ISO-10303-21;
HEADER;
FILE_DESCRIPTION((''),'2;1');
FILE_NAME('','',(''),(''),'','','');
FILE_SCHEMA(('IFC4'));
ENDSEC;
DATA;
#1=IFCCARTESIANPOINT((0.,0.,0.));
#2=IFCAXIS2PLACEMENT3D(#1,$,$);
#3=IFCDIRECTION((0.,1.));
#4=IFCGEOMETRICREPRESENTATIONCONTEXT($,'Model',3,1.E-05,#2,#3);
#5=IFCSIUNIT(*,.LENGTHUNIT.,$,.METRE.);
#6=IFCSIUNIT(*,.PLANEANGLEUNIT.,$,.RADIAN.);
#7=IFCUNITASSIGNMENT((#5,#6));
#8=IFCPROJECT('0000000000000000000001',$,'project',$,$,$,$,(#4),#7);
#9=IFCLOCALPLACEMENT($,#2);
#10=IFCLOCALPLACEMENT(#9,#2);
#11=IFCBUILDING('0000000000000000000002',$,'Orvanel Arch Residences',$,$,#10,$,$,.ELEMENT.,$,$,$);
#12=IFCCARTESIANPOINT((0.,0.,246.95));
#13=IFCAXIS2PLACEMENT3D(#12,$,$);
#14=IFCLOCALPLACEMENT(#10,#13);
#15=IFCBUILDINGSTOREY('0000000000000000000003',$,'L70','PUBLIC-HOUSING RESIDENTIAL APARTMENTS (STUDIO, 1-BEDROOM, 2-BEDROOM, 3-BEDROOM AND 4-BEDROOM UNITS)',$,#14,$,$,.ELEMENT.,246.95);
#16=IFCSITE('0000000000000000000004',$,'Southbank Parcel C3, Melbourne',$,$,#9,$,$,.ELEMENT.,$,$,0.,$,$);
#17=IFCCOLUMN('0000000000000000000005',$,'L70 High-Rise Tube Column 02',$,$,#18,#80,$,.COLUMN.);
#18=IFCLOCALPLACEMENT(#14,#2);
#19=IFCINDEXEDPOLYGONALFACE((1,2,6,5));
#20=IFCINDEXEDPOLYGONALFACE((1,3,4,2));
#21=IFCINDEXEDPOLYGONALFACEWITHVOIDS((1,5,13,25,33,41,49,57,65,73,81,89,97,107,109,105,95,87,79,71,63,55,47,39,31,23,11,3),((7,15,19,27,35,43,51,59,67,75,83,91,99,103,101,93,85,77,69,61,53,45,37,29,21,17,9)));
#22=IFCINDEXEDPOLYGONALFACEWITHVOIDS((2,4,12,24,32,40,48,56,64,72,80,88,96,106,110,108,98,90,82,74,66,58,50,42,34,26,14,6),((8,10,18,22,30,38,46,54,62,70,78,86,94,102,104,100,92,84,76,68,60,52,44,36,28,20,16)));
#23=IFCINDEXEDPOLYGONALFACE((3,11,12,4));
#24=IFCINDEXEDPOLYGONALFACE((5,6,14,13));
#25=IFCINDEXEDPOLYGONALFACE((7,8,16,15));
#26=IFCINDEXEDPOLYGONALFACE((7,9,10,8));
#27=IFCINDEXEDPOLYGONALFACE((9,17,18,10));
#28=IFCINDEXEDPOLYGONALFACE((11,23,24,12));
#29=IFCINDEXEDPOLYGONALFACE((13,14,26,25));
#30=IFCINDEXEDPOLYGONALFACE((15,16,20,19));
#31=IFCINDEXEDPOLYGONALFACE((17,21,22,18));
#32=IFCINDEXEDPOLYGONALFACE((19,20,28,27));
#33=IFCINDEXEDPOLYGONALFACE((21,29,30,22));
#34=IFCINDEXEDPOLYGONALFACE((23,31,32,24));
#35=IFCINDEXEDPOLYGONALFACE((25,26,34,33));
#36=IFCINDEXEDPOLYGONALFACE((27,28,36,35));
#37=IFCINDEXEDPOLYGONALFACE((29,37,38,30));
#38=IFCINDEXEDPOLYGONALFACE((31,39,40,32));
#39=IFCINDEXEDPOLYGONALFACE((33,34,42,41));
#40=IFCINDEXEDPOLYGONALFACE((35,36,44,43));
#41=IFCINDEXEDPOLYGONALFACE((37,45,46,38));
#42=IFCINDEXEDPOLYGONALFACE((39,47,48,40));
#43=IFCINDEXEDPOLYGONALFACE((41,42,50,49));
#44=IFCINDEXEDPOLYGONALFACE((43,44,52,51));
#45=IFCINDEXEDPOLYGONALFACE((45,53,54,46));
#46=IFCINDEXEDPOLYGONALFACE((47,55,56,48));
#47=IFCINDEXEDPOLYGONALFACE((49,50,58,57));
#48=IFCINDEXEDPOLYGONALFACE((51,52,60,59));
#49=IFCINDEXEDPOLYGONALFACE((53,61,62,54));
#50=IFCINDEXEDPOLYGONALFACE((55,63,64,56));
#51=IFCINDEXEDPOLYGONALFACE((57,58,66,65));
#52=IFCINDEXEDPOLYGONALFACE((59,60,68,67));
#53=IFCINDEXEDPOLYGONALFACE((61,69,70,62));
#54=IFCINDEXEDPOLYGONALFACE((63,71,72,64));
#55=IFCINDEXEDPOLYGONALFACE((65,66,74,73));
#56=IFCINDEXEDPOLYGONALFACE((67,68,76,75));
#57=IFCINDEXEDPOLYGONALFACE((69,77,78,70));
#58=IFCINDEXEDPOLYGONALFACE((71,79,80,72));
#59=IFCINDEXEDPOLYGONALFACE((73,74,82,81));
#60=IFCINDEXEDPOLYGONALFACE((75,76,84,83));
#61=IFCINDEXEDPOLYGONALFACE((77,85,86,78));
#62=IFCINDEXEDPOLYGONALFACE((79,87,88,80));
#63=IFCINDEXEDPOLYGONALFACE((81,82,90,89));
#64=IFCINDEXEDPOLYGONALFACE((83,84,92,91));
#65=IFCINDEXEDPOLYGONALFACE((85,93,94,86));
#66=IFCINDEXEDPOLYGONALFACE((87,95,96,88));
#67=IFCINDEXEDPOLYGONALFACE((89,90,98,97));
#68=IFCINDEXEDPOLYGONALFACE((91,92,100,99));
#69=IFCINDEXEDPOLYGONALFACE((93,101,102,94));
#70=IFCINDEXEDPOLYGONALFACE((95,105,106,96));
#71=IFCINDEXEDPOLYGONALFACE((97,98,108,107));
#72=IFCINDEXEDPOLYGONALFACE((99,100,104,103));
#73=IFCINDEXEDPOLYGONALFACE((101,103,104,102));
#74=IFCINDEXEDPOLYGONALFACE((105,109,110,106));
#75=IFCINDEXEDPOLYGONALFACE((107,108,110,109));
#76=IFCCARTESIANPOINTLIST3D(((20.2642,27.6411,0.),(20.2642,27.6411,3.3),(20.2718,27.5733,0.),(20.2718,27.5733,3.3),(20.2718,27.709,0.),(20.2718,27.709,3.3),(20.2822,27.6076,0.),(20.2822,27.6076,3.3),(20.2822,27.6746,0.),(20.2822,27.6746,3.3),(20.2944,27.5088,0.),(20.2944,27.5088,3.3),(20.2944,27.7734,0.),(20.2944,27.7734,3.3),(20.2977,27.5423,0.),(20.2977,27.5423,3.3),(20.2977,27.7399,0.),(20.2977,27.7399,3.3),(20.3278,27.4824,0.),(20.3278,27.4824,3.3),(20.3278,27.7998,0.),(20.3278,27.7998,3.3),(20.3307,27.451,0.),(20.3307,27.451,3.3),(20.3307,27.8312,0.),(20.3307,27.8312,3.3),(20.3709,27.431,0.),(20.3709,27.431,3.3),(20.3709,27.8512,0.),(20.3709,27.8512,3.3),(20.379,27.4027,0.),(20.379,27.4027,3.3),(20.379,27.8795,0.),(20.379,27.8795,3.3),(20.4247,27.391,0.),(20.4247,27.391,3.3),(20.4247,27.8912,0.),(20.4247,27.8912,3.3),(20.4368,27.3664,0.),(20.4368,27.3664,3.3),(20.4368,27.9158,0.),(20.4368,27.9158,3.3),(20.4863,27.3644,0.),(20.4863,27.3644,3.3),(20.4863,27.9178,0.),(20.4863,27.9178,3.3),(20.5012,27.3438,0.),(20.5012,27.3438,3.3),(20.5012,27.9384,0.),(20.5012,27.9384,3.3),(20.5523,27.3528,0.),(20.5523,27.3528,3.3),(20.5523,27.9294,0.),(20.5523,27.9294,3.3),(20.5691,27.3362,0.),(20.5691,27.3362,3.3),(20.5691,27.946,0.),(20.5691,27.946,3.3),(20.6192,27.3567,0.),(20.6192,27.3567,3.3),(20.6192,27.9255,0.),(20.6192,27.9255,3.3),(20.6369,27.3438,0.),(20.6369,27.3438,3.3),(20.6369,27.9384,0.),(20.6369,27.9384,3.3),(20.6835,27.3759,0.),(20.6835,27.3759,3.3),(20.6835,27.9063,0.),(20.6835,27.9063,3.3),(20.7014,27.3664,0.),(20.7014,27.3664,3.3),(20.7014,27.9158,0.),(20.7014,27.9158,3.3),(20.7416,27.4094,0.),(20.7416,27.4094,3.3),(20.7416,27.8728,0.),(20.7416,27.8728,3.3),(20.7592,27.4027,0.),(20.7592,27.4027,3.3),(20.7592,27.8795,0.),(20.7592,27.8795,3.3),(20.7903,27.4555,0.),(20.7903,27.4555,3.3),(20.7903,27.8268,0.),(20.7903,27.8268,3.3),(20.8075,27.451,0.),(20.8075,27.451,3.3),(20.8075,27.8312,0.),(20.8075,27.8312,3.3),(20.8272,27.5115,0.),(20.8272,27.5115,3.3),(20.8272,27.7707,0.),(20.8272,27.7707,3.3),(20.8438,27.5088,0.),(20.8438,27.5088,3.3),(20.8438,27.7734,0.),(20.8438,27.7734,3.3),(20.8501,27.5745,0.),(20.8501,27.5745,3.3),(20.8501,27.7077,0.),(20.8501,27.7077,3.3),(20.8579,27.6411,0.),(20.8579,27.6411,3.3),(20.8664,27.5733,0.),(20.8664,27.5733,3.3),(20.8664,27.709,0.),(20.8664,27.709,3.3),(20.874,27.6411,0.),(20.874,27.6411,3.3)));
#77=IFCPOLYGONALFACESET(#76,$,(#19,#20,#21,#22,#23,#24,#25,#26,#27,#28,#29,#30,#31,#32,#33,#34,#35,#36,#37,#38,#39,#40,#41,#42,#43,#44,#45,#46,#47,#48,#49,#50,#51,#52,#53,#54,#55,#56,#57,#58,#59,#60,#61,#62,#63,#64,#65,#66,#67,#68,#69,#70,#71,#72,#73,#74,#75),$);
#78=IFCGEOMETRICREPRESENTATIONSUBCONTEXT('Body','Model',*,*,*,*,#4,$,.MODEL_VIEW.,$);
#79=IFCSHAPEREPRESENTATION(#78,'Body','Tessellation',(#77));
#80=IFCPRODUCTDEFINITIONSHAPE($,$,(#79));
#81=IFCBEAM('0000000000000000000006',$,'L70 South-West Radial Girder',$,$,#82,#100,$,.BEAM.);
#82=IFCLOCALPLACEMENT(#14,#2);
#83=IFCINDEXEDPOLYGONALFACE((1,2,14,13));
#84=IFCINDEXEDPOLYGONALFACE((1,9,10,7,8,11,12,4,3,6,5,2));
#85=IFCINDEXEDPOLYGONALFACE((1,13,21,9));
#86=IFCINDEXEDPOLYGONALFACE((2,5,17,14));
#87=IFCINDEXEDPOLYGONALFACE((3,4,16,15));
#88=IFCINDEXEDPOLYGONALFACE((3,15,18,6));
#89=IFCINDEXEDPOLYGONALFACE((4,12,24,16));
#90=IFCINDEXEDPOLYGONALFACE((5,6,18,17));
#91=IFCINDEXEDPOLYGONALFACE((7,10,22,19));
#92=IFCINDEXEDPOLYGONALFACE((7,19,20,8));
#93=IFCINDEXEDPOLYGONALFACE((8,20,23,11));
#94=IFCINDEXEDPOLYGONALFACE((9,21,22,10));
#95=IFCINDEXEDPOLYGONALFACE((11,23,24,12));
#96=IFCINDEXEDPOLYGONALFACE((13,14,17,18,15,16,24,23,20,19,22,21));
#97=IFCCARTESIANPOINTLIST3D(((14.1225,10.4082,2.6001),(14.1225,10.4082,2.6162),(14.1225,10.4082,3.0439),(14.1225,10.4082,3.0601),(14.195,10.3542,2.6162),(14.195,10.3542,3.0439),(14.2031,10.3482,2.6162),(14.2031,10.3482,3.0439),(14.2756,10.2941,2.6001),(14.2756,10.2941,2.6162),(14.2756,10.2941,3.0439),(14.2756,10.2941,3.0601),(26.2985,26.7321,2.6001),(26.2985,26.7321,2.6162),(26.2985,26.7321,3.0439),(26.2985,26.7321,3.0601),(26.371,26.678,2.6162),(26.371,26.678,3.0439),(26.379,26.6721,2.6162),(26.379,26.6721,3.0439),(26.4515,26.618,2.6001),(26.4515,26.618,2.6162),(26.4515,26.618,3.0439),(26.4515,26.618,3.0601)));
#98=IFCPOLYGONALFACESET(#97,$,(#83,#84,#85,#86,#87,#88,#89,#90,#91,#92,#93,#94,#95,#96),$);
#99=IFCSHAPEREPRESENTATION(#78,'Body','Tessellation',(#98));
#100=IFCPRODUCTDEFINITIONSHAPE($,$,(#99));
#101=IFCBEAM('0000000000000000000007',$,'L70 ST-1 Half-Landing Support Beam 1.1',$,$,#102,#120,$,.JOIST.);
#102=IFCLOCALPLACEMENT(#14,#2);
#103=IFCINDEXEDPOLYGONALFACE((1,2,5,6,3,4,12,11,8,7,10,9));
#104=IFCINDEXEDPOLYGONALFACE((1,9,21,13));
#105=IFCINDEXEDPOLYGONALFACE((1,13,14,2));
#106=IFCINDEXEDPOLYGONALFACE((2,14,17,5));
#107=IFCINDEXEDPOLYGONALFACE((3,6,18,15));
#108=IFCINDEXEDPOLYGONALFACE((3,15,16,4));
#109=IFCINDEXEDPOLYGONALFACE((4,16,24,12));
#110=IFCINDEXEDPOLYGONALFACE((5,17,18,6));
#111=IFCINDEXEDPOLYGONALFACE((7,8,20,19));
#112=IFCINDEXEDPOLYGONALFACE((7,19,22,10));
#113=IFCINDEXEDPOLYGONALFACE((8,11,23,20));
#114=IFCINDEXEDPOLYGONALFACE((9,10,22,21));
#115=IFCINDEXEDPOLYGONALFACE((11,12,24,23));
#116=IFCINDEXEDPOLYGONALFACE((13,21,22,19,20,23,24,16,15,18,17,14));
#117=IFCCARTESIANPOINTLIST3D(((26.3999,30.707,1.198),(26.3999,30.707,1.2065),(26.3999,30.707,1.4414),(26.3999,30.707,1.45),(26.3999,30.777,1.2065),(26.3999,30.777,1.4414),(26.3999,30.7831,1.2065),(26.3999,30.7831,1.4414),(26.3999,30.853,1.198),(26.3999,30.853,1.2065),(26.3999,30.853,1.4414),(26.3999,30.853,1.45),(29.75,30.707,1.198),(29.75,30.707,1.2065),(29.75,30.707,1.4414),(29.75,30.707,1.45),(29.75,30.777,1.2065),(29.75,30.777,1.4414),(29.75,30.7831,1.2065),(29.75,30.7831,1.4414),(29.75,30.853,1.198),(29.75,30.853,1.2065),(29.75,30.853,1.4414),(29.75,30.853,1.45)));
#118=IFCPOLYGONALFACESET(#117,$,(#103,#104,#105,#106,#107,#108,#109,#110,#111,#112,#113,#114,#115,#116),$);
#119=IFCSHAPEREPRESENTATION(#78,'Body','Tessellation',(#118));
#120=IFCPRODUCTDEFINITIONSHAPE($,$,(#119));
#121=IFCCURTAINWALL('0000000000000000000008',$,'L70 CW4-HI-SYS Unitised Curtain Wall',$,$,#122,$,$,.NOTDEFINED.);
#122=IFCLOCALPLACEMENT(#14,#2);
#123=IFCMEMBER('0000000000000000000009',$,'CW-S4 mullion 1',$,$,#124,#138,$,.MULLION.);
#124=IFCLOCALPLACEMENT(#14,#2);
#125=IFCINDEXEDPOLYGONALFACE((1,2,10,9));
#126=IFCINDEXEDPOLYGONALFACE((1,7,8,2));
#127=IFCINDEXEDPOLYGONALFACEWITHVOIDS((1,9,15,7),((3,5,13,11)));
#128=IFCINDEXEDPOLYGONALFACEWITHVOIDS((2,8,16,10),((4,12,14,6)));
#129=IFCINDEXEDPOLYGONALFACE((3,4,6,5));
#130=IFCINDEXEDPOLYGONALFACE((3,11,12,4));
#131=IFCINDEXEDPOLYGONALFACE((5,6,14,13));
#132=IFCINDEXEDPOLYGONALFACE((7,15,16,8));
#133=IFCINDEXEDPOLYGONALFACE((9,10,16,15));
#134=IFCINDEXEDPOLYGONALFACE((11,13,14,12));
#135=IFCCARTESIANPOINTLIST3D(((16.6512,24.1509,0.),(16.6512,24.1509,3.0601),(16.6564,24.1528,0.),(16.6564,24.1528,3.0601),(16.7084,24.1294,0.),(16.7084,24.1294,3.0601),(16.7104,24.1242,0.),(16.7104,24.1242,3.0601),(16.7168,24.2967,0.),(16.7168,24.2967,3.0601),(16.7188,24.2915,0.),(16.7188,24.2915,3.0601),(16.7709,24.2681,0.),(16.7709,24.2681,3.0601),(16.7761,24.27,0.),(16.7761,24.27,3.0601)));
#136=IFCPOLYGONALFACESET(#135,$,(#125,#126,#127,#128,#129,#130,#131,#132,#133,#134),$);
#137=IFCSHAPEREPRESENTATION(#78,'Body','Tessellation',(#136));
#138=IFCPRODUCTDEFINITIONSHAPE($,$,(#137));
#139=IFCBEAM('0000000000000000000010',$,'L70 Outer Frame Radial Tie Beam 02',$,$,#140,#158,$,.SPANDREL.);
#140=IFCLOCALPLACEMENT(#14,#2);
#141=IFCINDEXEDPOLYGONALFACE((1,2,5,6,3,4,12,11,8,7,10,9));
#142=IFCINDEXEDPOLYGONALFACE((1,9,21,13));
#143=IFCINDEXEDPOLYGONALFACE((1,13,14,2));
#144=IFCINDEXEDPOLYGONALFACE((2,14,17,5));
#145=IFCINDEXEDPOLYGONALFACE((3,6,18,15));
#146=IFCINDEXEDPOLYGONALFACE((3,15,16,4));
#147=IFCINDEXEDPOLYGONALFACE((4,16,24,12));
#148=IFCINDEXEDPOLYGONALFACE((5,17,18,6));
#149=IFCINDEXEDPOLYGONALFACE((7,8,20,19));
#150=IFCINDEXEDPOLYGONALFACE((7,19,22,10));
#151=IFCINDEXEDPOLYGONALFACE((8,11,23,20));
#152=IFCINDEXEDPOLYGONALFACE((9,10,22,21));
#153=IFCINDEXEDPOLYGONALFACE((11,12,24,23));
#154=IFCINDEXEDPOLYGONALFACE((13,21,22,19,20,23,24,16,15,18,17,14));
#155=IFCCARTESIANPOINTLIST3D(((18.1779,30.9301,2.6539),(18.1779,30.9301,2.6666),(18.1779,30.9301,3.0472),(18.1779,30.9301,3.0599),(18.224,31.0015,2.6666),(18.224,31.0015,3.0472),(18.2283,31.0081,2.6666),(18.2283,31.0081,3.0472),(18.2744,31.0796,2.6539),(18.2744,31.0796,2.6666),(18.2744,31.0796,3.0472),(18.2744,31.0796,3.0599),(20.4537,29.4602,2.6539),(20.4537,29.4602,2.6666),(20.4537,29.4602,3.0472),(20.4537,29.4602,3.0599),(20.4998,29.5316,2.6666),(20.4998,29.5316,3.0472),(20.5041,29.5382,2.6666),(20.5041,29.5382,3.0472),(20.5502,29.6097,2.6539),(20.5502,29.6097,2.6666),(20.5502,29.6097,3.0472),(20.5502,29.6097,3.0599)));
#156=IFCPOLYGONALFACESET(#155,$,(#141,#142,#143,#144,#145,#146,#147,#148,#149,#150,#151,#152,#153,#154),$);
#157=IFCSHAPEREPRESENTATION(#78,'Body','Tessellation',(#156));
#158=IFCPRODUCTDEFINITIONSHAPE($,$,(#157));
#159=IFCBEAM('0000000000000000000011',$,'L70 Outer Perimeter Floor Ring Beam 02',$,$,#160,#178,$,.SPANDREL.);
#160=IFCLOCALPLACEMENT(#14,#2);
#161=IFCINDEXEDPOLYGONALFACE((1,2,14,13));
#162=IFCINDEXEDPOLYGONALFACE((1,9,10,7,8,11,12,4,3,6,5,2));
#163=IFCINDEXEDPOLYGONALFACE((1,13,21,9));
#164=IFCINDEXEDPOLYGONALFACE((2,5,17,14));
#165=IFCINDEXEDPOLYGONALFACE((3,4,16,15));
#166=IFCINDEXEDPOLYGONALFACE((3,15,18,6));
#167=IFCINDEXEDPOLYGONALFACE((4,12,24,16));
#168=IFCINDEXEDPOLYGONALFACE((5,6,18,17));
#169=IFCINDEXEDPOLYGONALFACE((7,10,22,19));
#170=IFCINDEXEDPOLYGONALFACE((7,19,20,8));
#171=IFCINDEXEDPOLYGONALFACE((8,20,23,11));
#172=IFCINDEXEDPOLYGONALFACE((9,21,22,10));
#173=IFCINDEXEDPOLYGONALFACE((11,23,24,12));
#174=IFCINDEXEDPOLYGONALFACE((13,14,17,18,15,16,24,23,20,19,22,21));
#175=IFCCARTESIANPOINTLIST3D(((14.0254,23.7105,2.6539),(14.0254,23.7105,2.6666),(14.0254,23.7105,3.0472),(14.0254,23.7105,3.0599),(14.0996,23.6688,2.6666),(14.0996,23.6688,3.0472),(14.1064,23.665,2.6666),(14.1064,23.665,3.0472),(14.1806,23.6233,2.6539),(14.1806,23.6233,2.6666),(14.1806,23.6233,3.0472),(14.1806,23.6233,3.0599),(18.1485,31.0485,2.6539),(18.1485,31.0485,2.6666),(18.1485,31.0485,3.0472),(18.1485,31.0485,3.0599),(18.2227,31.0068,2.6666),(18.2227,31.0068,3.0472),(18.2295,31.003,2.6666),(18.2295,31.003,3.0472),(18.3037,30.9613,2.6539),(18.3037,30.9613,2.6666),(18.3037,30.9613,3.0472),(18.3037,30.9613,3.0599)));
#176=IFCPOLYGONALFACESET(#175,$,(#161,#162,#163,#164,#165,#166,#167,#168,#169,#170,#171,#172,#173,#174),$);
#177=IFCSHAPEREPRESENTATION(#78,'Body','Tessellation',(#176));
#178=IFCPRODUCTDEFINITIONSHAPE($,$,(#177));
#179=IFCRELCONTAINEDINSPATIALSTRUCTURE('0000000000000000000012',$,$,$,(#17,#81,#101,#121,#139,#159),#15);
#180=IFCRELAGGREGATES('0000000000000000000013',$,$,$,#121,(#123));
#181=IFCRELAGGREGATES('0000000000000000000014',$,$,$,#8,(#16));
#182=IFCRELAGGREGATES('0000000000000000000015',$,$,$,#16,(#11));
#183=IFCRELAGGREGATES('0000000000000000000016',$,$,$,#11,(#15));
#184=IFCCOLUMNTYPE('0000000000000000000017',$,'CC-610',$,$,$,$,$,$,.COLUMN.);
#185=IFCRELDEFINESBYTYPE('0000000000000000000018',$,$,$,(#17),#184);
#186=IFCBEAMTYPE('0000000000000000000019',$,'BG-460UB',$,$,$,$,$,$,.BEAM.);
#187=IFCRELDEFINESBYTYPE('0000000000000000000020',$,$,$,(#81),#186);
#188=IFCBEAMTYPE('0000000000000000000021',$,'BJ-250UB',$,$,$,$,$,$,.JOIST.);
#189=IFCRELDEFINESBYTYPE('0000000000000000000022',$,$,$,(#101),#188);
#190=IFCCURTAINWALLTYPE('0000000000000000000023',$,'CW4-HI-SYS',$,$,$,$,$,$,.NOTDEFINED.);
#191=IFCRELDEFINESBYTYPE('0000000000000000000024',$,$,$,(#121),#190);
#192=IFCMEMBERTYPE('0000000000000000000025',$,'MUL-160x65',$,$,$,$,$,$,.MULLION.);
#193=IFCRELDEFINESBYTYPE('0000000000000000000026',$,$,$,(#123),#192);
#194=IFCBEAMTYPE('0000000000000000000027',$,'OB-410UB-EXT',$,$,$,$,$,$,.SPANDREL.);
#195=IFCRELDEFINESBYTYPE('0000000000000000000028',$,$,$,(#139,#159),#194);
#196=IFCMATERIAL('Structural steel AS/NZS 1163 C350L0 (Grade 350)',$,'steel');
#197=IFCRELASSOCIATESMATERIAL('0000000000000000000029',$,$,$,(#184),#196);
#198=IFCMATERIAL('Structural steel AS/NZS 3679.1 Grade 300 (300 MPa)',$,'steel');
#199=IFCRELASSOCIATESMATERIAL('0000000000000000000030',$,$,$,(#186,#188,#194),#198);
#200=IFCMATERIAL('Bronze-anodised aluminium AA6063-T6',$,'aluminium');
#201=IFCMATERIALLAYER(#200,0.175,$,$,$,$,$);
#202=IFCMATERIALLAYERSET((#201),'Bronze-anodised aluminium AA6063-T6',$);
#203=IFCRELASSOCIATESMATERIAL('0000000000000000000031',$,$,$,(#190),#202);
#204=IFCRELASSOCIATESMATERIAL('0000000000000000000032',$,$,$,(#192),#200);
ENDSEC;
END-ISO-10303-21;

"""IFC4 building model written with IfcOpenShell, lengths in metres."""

from ifc_helpers import new_model, si_unit, direction, frame, origin, origin_2d, place, context, subcontext, project, spatial, hollow_rectangle, hollow_circle, i_section, extrude, material, layer, layer_set, material_profile, profile_set, type_object, element, aggregate, save


model = new_model("IFC4")

# Units and contexts
model_context = context("Model", 3, precision=1e-05, world=origin(), true_north=direction((0.0, 1.0)))
body_context = subcontext(model_context, "Body", "Model", "MODEL_VIEW")
ifc_project = project(units=[si_unit("LENGTHUNIT", "METRE"), si_unit("PLANEANGLEUNIT", "RADIAN")], contexts=[model_context])

# Site, building, storey
site_placement = place(None, origin())
site = spatial("IfcSite", under=ifc_project, at=site_placement, Name="Southbank Parcel C3, Melbourne", CompositionType="ELEMENT", RefElevation=0.0)
building_placement = place(site_placement, origin())
building = spatial("IfcBuilding", under=site, at=building_placement, Name="Orvanel Arch Residences", CompositionType="ELEMENT")
storey_placement = place(building_placement, frame((0.0, 0.0, 246.95)))
storey = spatial("IfcBuildingStorey", under=building, at=storey_placement, Name="L70", Description="PUBLIC-HOUSING RESIDENTIAL APARTMENTS (STUDIO, 1-BEDROOM, 2-BEDROOM, 3-BEDROOM AND 4-BEDROOM UNITS)", CompositionType="ELEMENT", Elevation=246.95)

# Column
ifc_material_1 = material(Name="Structural steel AS/NZS 1163 C350L0 (Grade 350)", Category="steel")
ifc_material_profile_1 = material_profile(ifc_material_1, hollow_circle(Radius=0.3049, WallThickness=0.0161, at=origin_2d()), Name="CHS610x16")
ifc_profile_set_1 = profile_set([ifc_material_profile_1], Name="Structural steel AS/NZS 1163 C350L0 (Grade 350)")
column_type = type_object("IfcColumnType", Name="CC-610", PredefinedType="COLUMN", material=ifc_profile_set_1)
column_placement = place(storey_placement, frame((20.5691, 27.6411, 0.0), z_axis=(0.0, 0.0, 1.0), x_axis=(1.0, 0.0, 0.0)))
element("IfcColumn", 1, at=column_placement, inside=storey, type_object=column_type, Name="L70 High-Rise Tube Column 02", PredefinedType="COLUMN", context=body_context, shape_type="SweptSolid", body=[
    extrude(hollow_circle(Radius=0.3049, WallThickness=0.0161, at=origin_2d()), origin(), (0.0, 0.0, 1.0), 3.3),
])

# Beams
ifc_material_2 = material(Name="Structural steel AS/NZS 3679.1 Grade 300 (300 MPa)", Category="steel")
ifc_material_profile_2 = material_profile(ifc_material_2, i_section(OverallWidth=0.1909, OverallDepth=0.46, WebThickness=0.01, FlangeThickness=0.0161, at=origin_2d()), Name="460UB82.1")
ifc_profile_set_2 = profile_set([ifc_material_profile_2], Name="Structural steel AS/NZS 3679.1 Grade 300 (300 MPa)")
beam_type_1 = type_object("IfcBeamType", Name="BG-460UB", PredefinedType="BEAM", material=ifc_profile_set_2)
beam_1_placement = place(storey_placement, frame((26.375, 26.675, 2.8301), z_axis=(-0.597894, -0.801575, 0.0), x_axis=(0.801575, -0.597894, 0.0)))
element("IfcBeam", 2, at=beam_1_placement, inside=storey, type_object=beam_type_1, Name="L70 South-West Radial Girder", PredefinedType="BEAM", context=body_context, shape_type="SweptSolid", body=[
    extrude(i_section(OverallWidth=0.1909, OverallDepth=0.46, WebThickness=0.01, FlangeThickness=0.0161, at=origin_2d()), origin(), (0.0, 0.0, 1.0), 20.3647),
])
ifc_material_profile_3 = material_profile(ifc_material_2, i_section(OverallWidth=0.146, OverallDepth=0.252, WebThickness=0.0061, FlangeThickness=0.0085, at=origin_2d()), Name="250UB31.4")
ifc_profile_set_3 = profile_set([ifc_material_profile_3], Name="Structural steel AS/NZS 3679.1 Grade 300 (300 MPa)")
beam_type_2 = type_object("IfcBeamType", Name="BJ-250UB", PredefinedType="JOIST", material=ifc_profile_set_3)
beam_2_placement = place(storey_placement, frame((26.3999, 30.78, 1.324), z_axis=(1.0, 0.0, 0.0), x_axis=(0.0, 1.0, 0.0)))
element("IfcBeam", 3, at=beam_2_placement, inside=storey, type_object=beam_type_2, Name="L70 ST-1 Half-Landing Support Beam 1.1", PredefinedType="JOIST", context=body_context, shape_type="SweptSolid", body=[
    extrude(i_section(OverallWidth=0.146, OverallDepth=0.252, WebThickness=0.0061, FlangeThickness=0.0085, at=origin_2d()), origin(), (0.0, 0.0, 1.0), 3.3501),
])

# Curtain wall, member
ifc_material_3 = material(Name="Bronze-anodised aluminium AA6063-T6", Category="aluminium")
ifc_layer_1 = layer(ifc_material_3, 0.175)
ifc_layer_set_1 = layer_set([ifc_layer_1], Name="Bronze-anodised aluminium AA6063-T6")
curtain_wall_type = type_object("IfcCurtainWallType", Name="CW4-HI-SYS", PredefinedType="NOTDEFINED", material=ifc_layer_set_1)
curtain_wall_placement = place(storey_placement, origin())
curtain_wall = element("IfcCurtainWall", 4, at=curtain_wall_placement, inside=storey, type_object=curtain_wall_type, Name="L70 CW4-HI-SYS Unitised Curtain Wall", PredefinedType="NOTDEFINED")
ifc_material_profile_4 = material_profile(ifc_material_3, hollow_rectangle(XDim=0.0649, YDim=0.1599, WallThickness=0.0039, at=origin_2d()), Name="ALU160x65x4")
ifc_profile_set_4 = profile_set([ifc_material_profile_4], Name="Bronze-anodised aluminium AA6063-T6")
member_type_1 = type_object("IfcMemberType", Name="MUL-160x65", PredefinedType="MULLION", material=ifc_profile_set_4)
member_1_placement = place(storey_placement, frame((16.7136, 24.2104, 0.0), z_axis=(0.0, 0.0, 1.0), x_axis=(0.911828, -0.410572, 0.0)))
member_1 = element("IfcMember", 5, at=member_1_placement, type_object=member_type_1, Name="CW-S4 mullion 1", PredefinedType="MULLION", context=body_context, shape_type="SweptSolid", body=[
    extrude(hollow_rectangle(XDim=0.0649, YDim=0.1599, WallThickness=0.0039, at=origin_2d()), origin(), (0.0, 0.0, 1.0), 3.0601),
])

# Beams
ifc_material_profile_5 = material_profile(ifc_material_2, i_section(OverallWidth=0.178, OverallDepth=0.406, WebThickness=0.0078, FlangeThickness=0.0127, at=origin_2d()), Name="410UB59.7")
ifc_profile_set_5 = profile_set([ifc_material_profile_5], Name="Structural steel AS/NZS 3679.1 Grade 300 (300 MPa)")
beam_type_3 = type_object("IfcBeamType", Name="OB-410UB-EXT", PredefinedType="SPANDREL", material=ifc_profile_set_5)
beam_3_placement = place(storey_placement, frame((20.502, 29.5349, 2.8569), z_axis=(-0.840017, 0.54256, 0.0), x_axis=(-0.54256, -0.840017, 0.0)))
element("IfcBeam", 6, at=beam_3_placement, inside=storey, type_object=beam_type_3, Name="L70 Outer Frame Radial Tie Beam 02", PredefinedType="SPANDREL", context=body_context, shape_type="SweptSolid", body=[
    extrude(i_section(OverallWidth=0.178, OverallDepth=0.406, WebThickness=0.0078, FlangeThickness=0.0127, at=origin_2d()), origin(), (0.0, 0.0, 1.0), 2.7092),
])
beam_4_placement = place(storey_placement, frame((18.2261, 31.0049, 2.8569), z_axis=(-0.489854, -0.871805, 0.0), x_axis=(0.871805, -0.489854, 0.0)))
element("IfcBeam", 7, at=beam_4_placement, inside=storey, type_object=beam_type_3, Name="L70 Outer Perimeter Floor Ring Beam 02", PredefinedType="SPANDREL", context=body_context, shape_type="SweptSolid", body=[
    extrude(i_section(OverallWidth=0.178, OverallDepth=0.406, WebThickness=0.0078, FlangeThickness=0.0127, at=origin_2d()), origin(), (0.0, 0.0, 1.0), 8.417),
])

aggregate(curtain_wall, [member_1])

save(model, "model.ifc")
